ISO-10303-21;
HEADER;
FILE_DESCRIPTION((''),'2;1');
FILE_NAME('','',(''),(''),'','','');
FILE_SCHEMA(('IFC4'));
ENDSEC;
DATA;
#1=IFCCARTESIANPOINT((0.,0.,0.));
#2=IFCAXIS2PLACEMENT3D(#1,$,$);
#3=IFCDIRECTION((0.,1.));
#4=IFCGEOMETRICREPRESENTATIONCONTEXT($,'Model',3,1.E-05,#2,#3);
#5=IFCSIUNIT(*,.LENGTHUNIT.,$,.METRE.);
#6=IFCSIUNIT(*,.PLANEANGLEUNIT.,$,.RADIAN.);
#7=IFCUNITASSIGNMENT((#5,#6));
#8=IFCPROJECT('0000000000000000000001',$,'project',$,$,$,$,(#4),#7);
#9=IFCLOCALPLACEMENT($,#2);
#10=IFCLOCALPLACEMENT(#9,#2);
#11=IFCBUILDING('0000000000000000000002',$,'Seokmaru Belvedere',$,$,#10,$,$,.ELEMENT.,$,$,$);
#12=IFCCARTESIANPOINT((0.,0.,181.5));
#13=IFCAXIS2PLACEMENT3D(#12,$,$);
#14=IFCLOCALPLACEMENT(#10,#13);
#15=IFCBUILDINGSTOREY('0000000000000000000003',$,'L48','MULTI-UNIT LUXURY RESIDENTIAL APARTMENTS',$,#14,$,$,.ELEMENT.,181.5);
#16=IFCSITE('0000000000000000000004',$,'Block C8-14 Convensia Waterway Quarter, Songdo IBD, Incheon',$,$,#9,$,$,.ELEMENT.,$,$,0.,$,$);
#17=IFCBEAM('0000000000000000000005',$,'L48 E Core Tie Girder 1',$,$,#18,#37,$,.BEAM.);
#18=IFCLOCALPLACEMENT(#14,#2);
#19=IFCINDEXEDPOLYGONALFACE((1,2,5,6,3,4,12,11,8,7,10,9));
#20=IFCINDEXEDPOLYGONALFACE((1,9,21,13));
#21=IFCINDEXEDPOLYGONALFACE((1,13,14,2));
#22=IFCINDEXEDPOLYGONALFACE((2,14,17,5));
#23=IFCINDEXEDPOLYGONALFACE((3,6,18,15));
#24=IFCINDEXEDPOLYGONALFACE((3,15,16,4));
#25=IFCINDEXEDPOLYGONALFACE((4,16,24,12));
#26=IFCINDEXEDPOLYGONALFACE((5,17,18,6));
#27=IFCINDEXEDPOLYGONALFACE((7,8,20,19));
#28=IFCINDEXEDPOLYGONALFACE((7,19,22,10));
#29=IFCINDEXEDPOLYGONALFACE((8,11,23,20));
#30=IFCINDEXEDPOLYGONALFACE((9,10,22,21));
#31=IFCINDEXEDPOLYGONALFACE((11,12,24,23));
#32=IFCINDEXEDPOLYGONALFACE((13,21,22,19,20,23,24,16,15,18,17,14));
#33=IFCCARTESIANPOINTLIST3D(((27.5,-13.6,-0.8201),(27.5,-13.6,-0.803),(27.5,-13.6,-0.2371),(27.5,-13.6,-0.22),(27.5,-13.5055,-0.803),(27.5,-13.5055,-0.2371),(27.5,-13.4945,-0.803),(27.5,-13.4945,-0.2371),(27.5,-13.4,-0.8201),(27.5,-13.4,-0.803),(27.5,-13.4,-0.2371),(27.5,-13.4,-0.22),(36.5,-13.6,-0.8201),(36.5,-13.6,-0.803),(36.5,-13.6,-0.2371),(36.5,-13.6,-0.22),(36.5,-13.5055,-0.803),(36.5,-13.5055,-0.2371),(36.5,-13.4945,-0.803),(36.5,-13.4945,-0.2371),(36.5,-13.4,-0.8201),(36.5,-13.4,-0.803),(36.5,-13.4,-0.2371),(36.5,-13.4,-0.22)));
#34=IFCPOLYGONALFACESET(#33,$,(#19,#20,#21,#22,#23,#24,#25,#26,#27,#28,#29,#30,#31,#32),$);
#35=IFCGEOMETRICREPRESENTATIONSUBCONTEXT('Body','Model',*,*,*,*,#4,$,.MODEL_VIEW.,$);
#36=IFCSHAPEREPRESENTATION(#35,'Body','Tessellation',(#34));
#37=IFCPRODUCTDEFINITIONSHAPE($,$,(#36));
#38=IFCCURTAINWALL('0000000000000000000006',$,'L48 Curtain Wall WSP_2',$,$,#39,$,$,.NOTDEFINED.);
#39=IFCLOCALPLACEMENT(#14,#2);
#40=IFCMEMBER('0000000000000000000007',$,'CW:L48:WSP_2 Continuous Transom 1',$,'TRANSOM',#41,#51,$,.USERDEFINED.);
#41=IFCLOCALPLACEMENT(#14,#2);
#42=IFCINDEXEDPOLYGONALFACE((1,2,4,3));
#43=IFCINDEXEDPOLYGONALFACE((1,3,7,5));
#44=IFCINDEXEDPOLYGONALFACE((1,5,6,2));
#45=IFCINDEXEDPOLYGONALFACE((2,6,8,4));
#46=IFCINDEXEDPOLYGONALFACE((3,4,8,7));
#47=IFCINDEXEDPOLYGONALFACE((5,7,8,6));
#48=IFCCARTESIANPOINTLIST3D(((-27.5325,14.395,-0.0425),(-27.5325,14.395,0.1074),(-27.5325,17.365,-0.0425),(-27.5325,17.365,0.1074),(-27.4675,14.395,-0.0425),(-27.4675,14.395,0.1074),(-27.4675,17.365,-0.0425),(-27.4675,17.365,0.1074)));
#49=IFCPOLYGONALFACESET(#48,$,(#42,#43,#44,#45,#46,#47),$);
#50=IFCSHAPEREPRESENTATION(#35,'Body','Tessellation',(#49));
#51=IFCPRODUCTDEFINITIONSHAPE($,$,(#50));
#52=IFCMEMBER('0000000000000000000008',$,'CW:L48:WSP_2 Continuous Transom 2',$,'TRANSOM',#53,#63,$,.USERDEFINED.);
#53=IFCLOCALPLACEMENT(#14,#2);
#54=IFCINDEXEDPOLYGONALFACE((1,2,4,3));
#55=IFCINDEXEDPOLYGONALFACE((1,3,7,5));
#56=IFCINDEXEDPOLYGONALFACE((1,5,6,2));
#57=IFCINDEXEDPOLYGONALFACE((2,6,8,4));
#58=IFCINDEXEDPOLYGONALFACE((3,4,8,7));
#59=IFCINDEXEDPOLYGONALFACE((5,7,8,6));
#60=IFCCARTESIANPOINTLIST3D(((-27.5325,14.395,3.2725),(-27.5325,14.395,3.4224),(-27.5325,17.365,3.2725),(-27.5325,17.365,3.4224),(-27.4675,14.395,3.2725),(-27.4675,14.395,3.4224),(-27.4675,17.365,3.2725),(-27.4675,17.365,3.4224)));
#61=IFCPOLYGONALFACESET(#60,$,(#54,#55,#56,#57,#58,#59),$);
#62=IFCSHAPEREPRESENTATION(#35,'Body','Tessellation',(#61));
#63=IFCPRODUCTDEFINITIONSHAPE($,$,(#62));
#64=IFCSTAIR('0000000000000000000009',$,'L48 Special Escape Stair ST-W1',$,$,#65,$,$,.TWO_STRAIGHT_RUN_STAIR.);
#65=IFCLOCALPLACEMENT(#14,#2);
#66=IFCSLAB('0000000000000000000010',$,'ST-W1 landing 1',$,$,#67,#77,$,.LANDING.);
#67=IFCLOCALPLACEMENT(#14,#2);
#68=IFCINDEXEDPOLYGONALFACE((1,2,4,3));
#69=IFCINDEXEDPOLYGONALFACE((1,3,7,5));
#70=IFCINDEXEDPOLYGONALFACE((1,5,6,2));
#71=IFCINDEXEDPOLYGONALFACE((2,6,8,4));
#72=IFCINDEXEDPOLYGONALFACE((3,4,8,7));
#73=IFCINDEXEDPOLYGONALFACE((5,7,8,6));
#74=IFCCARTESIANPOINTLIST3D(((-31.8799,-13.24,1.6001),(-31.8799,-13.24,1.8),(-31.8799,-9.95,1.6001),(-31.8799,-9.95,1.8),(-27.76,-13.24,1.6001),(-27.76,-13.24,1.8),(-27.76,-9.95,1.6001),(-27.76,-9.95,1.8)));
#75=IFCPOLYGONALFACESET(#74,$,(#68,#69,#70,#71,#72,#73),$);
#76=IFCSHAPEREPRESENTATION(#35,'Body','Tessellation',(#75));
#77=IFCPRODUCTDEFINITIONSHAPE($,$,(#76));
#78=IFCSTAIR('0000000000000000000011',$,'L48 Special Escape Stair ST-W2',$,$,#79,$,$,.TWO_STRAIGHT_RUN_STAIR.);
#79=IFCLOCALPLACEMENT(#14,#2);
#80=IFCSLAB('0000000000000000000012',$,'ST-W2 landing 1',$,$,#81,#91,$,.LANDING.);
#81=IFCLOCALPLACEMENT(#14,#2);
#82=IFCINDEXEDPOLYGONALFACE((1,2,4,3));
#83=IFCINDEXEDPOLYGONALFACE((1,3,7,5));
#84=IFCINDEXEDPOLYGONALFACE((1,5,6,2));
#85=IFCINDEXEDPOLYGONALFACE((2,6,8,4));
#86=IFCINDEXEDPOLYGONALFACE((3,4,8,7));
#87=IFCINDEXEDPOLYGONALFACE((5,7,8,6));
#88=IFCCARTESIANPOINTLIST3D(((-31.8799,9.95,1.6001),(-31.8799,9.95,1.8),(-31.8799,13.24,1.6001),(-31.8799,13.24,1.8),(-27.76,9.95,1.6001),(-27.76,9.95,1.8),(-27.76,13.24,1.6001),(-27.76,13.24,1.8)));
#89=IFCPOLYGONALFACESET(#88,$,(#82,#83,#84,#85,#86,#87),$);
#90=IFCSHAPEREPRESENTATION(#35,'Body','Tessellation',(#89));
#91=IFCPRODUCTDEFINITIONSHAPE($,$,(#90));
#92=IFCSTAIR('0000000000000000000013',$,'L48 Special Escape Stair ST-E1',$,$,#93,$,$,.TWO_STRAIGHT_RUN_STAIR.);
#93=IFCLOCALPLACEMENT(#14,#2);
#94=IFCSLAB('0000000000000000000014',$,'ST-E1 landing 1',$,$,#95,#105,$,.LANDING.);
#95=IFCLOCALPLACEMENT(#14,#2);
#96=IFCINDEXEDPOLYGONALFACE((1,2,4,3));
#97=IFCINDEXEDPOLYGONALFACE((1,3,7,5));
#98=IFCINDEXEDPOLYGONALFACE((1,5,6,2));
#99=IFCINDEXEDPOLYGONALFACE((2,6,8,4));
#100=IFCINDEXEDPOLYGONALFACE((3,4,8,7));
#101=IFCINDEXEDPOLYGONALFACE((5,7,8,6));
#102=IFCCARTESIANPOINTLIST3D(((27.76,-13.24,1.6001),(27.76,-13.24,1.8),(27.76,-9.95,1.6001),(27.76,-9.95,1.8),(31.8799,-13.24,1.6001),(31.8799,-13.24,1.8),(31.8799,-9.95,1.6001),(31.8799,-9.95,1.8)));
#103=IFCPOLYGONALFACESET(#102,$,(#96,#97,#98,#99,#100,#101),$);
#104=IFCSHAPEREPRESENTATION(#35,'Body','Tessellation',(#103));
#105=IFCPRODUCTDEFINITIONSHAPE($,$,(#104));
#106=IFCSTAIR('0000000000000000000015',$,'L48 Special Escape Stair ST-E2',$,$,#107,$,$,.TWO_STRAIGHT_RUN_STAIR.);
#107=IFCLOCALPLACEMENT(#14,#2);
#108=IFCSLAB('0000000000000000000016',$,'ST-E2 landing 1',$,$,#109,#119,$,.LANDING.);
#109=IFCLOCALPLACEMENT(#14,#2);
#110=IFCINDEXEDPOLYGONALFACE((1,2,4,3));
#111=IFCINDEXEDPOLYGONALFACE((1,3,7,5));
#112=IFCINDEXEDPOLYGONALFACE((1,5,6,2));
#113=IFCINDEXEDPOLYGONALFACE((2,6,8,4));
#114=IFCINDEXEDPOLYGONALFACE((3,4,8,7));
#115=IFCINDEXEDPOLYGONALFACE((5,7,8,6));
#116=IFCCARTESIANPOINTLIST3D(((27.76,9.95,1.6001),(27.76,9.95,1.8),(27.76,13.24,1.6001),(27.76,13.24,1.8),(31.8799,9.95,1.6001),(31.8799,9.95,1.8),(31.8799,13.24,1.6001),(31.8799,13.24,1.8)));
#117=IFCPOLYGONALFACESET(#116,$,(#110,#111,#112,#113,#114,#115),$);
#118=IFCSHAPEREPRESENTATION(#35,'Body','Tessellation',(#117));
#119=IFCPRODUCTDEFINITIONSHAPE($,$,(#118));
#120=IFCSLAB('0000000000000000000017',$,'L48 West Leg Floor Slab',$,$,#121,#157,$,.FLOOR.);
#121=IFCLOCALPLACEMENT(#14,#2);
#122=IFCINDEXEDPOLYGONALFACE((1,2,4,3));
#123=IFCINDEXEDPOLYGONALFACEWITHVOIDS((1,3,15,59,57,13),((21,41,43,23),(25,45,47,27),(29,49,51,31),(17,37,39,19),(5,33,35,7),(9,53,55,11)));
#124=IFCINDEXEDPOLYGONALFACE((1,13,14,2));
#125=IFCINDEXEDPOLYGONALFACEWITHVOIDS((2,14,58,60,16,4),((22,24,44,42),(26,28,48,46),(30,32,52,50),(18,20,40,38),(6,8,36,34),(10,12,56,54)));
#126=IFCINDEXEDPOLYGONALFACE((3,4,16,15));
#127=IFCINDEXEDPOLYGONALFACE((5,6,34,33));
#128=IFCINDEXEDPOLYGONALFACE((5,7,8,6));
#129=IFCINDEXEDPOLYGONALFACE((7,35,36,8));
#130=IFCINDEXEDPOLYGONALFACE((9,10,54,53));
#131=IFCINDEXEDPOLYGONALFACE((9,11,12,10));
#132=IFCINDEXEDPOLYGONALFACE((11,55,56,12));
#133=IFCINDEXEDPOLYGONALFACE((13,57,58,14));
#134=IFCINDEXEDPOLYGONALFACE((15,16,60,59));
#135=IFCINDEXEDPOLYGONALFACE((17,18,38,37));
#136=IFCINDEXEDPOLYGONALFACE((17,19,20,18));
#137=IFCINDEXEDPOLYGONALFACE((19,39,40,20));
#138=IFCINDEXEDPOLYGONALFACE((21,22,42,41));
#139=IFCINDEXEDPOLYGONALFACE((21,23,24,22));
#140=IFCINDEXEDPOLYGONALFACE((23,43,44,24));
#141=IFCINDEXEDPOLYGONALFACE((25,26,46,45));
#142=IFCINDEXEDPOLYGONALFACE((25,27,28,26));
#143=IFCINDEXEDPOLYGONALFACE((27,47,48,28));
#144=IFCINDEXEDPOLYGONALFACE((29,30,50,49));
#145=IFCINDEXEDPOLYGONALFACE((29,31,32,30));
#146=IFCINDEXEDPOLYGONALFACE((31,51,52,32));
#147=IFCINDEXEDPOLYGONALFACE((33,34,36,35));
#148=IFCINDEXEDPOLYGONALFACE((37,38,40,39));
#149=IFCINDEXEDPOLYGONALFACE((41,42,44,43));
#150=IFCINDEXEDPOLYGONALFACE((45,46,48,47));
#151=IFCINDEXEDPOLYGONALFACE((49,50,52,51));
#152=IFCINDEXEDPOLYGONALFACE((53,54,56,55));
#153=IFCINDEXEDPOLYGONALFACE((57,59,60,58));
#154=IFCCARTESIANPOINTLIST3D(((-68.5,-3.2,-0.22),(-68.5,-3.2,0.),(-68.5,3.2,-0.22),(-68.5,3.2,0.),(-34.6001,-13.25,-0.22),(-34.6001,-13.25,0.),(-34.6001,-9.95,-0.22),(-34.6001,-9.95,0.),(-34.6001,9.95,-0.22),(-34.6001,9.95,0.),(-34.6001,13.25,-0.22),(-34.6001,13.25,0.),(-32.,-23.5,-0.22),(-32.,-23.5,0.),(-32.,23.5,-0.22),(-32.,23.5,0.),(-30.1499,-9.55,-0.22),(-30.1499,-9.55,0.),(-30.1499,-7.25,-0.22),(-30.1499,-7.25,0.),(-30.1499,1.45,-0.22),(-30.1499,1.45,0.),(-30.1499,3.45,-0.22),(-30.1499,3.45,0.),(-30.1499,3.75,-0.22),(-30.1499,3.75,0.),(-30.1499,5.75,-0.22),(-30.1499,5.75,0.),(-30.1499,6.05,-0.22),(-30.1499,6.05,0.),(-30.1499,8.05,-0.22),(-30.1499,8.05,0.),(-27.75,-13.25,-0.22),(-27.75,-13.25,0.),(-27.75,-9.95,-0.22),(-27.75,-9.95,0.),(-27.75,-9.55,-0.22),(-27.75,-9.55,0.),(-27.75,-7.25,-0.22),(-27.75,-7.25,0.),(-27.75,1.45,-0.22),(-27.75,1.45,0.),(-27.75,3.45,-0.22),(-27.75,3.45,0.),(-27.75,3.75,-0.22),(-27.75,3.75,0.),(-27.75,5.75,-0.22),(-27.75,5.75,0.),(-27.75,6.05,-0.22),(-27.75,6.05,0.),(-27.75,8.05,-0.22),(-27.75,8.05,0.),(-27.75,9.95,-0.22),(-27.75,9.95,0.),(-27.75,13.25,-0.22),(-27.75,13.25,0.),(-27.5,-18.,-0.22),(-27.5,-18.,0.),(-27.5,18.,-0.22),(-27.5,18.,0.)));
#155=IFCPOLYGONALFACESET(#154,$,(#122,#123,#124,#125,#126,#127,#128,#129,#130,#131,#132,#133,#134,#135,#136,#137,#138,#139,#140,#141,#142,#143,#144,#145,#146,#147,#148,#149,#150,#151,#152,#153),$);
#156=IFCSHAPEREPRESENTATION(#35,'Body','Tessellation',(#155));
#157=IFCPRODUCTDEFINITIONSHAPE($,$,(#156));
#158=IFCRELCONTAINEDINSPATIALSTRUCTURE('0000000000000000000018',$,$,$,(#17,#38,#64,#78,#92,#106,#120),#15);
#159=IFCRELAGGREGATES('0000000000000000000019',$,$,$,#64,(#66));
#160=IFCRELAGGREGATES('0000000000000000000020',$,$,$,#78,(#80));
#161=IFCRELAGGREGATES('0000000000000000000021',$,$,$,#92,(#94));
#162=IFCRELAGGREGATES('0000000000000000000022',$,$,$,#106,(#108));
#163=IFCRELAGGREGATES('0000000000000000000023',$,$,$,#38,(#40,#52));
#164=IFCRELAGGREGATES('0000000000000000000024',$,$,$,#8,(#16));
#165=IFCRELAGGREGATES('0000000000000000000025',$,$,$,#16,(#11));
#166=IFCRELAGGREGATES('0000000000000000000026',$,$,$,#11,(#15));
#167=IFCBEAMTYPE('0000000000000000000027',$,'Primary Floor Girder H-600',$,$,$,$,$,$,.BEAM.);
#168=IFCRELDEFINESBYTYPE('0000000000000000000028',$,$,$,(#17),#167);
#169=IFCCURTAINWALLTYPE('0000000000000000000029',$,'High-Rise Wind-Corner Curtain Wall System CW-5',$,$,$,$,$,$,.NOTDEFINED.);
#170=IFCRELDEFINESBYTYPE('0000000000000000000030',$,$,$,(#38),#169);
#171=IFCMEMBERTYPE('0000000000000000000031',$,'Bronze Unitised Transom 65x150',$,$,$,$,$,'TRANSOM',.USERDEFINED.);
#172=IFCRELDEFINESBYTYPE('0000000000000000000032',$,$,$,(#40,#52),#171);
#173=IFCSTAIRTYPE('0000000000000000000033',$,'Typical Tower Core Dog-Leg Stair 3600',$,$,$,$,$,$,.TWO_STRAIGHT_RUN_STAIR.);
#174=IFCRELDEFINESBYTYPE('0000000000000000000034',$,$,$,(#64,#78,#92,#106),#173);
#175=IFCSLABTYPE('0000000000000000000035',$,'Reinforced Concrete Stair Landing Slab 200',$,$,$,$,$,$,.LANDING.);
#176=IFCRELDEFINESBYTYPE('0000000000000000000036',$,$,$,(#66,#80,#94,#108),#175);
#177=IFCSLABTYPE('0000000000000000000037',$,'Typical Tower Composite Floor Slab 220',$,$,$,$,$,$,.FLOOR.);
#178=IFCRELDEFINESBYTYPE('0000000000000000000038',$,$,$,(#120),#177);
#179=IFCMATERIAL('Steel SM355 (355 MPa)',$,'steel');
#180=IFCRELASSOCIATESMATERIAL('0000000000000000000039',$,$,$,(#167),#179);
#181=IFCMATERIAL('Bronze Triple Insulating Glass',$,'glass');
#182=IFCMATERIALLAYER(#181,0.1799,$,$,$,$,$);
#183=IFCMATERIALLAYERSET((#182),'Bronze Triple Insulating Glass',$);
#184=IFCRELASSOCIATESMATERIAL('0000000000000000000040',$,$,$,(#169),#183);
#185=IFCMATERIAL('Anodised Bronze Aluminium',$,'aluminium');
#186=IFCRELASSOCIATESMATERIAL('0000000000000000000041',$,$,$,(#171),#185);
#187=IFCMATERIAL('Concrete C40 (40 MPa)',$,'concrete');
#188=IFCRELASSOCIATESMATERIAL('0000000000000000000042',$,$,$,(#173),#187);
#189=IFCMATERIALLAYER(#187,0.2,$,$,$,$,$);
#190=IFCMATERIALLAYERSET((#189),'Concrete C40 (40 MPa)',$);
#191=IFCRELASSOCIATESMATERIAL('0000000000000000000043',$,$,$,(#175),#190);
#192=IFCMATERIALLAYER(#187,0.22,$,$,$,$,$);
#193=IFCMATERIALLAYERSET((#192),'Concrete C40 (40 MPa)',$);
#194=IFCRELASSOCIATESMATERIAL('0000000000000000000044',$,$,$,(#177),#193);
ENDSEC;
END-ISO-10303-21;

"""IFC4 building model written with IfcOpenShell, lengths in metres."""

from ifc_helpers import new_model, si_unit, direction, frame, origin, origin_2d, place, context, subcontext, project, spatial, polyline, rectangle, i_section, outline, extrude, source, transform, mapped, material, layer, layer_set, material_profile, profile_set, type_object, type_shapes, element, aggregate, save


model = new_model("IFC4")

# Units and contexts
model_context = context("Model", 3, precision=1e-05, world=origin(), true_north=direction((0.0, 1.0)))
body_context = subcontext(model_context, "Body", "Model", "MODEL_VIEW")
ifc_project = project(units=[si_unit("LENGTHUNIT", "METRE"), si_unit("PLANEANGLEUNIT", "RADIAN")], contexts=[model_context])

# Site, building, storey
site_placement = place(None, origin())
site = spatial("IfcSite", under=ifc_project, at=site_placement, Name="Block C8-14 Convensia Waterway Quarter, Songdo IBD, Incheon", CompositionType="ELEMENT", RefElevation=0.0)
building_placement = place(site_placement, origin())
building = spatial("IfcBuilding", under=site, at=building_placement, Name="Seokmaru Belvedere", CompositionType="ELEMENT")
storey_placement = place(building_placement, frame((0.0, 0.0, 181.5)))
storey = spatial("IfcBuildingStorey", under=building, at=storey_placement, Name="L48", Description="MULTI-UNIT LUXURY RESIDENTIAL APARTMENTS", CompositionType="ELEMENT", Elevation=181.5)

# Beam
ifc_material_1 = material(Name="Steel SM355 (355 MPa)", Category="steel")
ifc_material_profile_1 = material_profile(ifc_material_1, i_section(OverallWidth=0.2, OverallDepth=0.6001, WebThickness=0.011, FlangeThickness=0.0171, at=origin_2d()), Name="H-600x200x11x17")
ifc_profile_set_1 = profile_set([ifc_material_profile_1], Name="Steel SM355 (355 MPa)")
beam_type_1 = type_object("IfcBeamType", Name="Primary Floor Girder H-600", PredefinedType="BEAM", material=ifc_profile_set_1)
shared_shape_1 = source(origin(), body_context, "Body", "SweptSolid", [
    extrude(i_section(OverallWidth=0.2, OverallDepth=0.6001, WebThickness=0.011, FlangeThickness=0.0171, at=origin_2d()), origin(), (0.0, 0.0, 1.0), 9.0),
])
type_shapes(beam_type_1, [shared_shape_1])
beam_1_placement = place(storey_placement, frame((27.5, -13.5, -0.52), z_axis=(1.0, 0.0, 0.0), x_axis=(0.0, 1.0, 0.0)))
element("IfcBeam", 1, at=beam_1_placement, inside=storey, type_object=beam_type_1, Name="L48 E Core Tie Girder 1", PredefinedType="BEAM", context=body_context, shape_type="MappedRepresentation", body=[
    mapped(shared_shape_1, transform((0.0, 0.0, 0.0), scale=1.0)),
])

# Curtain wall, members
ifc_material_2 = material(Name="Bronze Triple Insulating Glass", Category="glass")
ifc_layer_1 = layer(ifc_material_2, 0.1799)
ifc_layer_set_1 = layer_set([ifc_layer_1], Name="Bronze Triple Insulating Glass")
curtain_wall_type = type_object("IfcCurtainWallType", Name="High-Rise Wind-Corner Curtain Wall System CW-5", PredefinedType="NOTDEFINED", material=ifc_layer_set_1)
curtain_wall_placement = place(storey_placement, origin())
curtain_wall = element("IfcCurtainWall", 2, at=curtain_wall_placement, inside=storey, type_object=curtain_wall_type, Name="L48 Curtain Wall WSP_2", PredefinedType="NOTDEFINED")
ifc_material_3 = material(Name="Anodised Bronze Aluminium", Category="aluminium")
ifc_material_profile_2 = material_profile(ifc_material_3, rectangle(XDim=0.0649, YDim=0.1499, at=origin_2d()), Name="CW-T-65x150")
ifc_profile_set_2 = profile_set([ifc_material_profile_2], Name="Anodised Bronze Aluminium")
member_type = type_object("IfcMemberType", Name="Bronze Unitised Transom 65x150", ElementType="TRANSOM", PredefinedType="USERDEFINED", material=ifc_profile_set_2)
shared_shape_2 = source(origin(), body_context, "Body", "SweptSolid", [
    extrude(rectangle(XDim=0.0649, YDim=0.1499, at=origin_2d()), origin(), (0.0, 0.0, 1.0), 2.97),
])
type_shapes(member_type, [shared_shape_2])
member_1_placement = place(storey_placement, frame((-27.5, 14.395, 0.0325), z_axis=(0.0, 1.0, 0.0), x_axis=(-1.0, 0.0, 0.0)))
member_1 = element("IfcMember", 3, at=member_1_placement, type_object=member_type, Name="CW:L48:WSP_2 Continuous Transom 1", ObjectType="TRANSOM", PredefinedType="USERDEFINED", context=body_context, shape_type="MappedRepresentation", body=[
    mapped(shared_shape_2, transform((0.0, 0.0, 0.0), scale=1.0)),
])
member_2_placement = place(storey_placement, frame((-27.5, 14.395, 3.3474), z_axis=(0.0, 1.0, 0.0), x_axis=(-1.0, 0.0, 0.0)))
member_2 = element("IfcMember", 4, at=member_2_placement, type_object=member_type, Name="CW:L48:WSP_2 Continuous Transom 2", ObjectType="TRANSOM", PredefinedType="USERDEFINED", context=body_context, shape_type="MappedRepresentation", body=[
    mapped(shared_shape_2, transform((0.0, 0.0, 0.0), scale=1.0)),
])

# Stairs, slabs
ifc_material_4 = material(Name="Concrete C40 (40 MPa)", Category="concrete")
stair_type = type_object("IfcStairType", Name="Typical Tower Core Dog-Leg Stair 3600", PredefinedType="TWO_STRAIGHT_RUN_STAIR", material=ifc_material_4)
stair_1_placement = place(storey_placement, origin())
stair_1 = element("IfcStair", 5, at=stair_1_placement, inside=storey, type_object=stair_type, Name="L48 Special Escape Stair ST-W1", PredefinedType="TWO_STRAIGHT_RUN_STAIR")
ifc_layer_2 = layer(ifc_material_4, 0.2)
ifc_layer_set_2 = layer_set([ifc_layer_2], Name="Concrete C40 (40 MPa)")
slab_type_1 = type_object("IfcSlabType", Name="Reinforced Concrete Stair Landing Slab 200", PredefinedType="LANDING", material=ifc_layer_set_2)
slab_1_placement = place(storey_placement, frame((0.0, 0.0, 1.6001)))
slab_1 = element("IfcSlab", 6, at=slab_1_placement, type_object=slab_type_1, Name="ST-W1 landing 1", PredefinedType="LANDING", context=body_context, shape_type="SweptSolid", body=[
    extrude(outline(polyline([(-31.8799, -13.24), (-27.76, -13.24), (-27.76, -9.95), (-31.8799, -9.95), (-31.8799, -13.24)])), origin(), (0.0, 0.0, 1.0), 0.2),
])
aggregate(stair_1, [slab_1])
stair_2_placement = place(storey_placement, origin())
stair_2 = element("IfcStair", 7, at=stair_2_placement, inside=storey, type_object=stair_type, Name="L48 Special Escape Stair ST-W2", PredefinedType="TWO_STRAIGHT_RUN_STAIR")
slab_2_placement = place(storey_placement, frame((0.0, 0.0, 1.6001)))
slab_2 = element("IfcSlab", 8, at=slab_2_placement, type_object=slab_type_1, Name="ST-W2 landing 1", PredefinedType="LANDING", context=body_context, shape_type="SweptSolid", body=[
    extrude(outline(polyline([(-31.8799, 9.95), (-27.76, 9.95), (-27.76, 13.24), (-31.8799, 13.24), (-31.8799, 9.95)])), origin(), (0.0, 0.0, 1.0), 0.2),
])
aggregate(stair_2, [slab_2])
stair_3_placement = place(storey_placement, origin())
stair_3 = element("IfcStair", 9, at=stair_3_placement, inside=storey, type_object=stair_type, Name="L48 Special Escape Stair ST-E1", PredefinedType="TWO_STRAIGHT_RUN_STAIR")
slab_3_placement = place(storey_placement, frame((0.0, 0.0, 1.6001)))
slab_3 = element("IfcSlab", 10, at=slab_3_placement, type_object=slab_type_1, Name="ST-E1 landing 1", PredefinedType="LANDING", context=body_context, shape_type="SweptSolid", body=[
    extrude(outline(polyline([(27.76, -13.24), (31.8799, -13.24), (31.8799, -9.95), (27.76, -9.95), (27.76, -13.24)])), origin(), (0.0, 0.0, 1.0), 0.2),
])
aggregate(stair_3, [slab_3])
stair_4_placement = place(storey_placement, origin())
stair_4 = element("IfcStair", 11, at=stair_4_placement, inside=storey, type_object=stair_type, Name="L48 Special Escape Stair ST-E2", PredefinedType="TWO_STRAIGHT_RUN_STAIR")
slab_4_placement = place(storey_placement, frame((0.0, 0.0, 1.6001)))
slab_4 = element("IfcSlab", 12, at=slab_4_placement, type_object=slab_type_1, Name="ST-E2 landing 1", PredefinedType="LANDING", context=body_context, shape_type="SweptSolid", body=[
    extrude(outline(polyline([(27.76, 9.95), (31.8799, 9.95), (31.8799, 13.24), (27.76, 13.24), (27.76, 9.95)])), origin(), (0.0, 0.0, 1.0), 0.2),
])
aggregate(stair_4, [slab_4])

# Slab
ifc_layer_3 = layer(ifc_material_4, 0.22)
ifc_layer_set_3 = layer_set([ifc_layer_3], Name="Concrete C40 (40 MPa)")
slab_type_2 = type_object("IfcSlabType", Name="Typical Tower Composite Floor Slab 220", PredefinedType="FLOOR", material=ifc_layer_set_3)
slab_5_placement = place(storey_placement, frame((0.0, 0.0, -0.22)))
element("IfcSlab", 13, at=slab_5_placement, inside=storey, type_object=slab_type_2, Name="L48 West Leg Floor Slab", PredefinedType="FLOOR", context=body_context, shape_type="SweptSolid", body=[
    extrude(outline(polyline([(-27.5, -18.0), (-27.5, 18.0), (-32.0, 23.5), (-68.5, 3.2), (-68.5, -3.2), (-32.0, -23.5), (-27.5, -18.0)]), holes=[polyline([(-34.6001, -13.25), (-27.75, -13.25), (-27.75, -9.95), (-34.6001, -9.95), (-34.6001, -13.25)]), polyline([(-34.6001, 9.95), (-27.75, 9.95), (-27.75, 13.25), (-34.6001, 13.25), (-34.6001, 9.95)]), polyline([(-30.1499, -9.55), (-27.75, -9.55), (-27.75, -7.25), (-30.1499, -7.25), (-30.1499, -9.55)]), polyline([(-30.1499, 1.45), (-27.75, 1.45), (-27.75, 3.45), (-30.1499, 3.45), (-30.1499, 1.45)]), polyline([(-30.1499, 3.75), (-27.75, 3.75), (-27.75, 5.75), (-30.1499, 5.75), (-30.1499, 3.75)]), polyline([(-30.1499, 6.05), (-27.75, 6.05), (-27.75, 8.05), (-30.1499, 8.05), (-30.1499, 6.05)])]), origin(), (0.0, 0.0, 1.0), 0.22),
])

aggregate(curtain_wall, [member_1, member_2])

save(model, "model.ifc")
